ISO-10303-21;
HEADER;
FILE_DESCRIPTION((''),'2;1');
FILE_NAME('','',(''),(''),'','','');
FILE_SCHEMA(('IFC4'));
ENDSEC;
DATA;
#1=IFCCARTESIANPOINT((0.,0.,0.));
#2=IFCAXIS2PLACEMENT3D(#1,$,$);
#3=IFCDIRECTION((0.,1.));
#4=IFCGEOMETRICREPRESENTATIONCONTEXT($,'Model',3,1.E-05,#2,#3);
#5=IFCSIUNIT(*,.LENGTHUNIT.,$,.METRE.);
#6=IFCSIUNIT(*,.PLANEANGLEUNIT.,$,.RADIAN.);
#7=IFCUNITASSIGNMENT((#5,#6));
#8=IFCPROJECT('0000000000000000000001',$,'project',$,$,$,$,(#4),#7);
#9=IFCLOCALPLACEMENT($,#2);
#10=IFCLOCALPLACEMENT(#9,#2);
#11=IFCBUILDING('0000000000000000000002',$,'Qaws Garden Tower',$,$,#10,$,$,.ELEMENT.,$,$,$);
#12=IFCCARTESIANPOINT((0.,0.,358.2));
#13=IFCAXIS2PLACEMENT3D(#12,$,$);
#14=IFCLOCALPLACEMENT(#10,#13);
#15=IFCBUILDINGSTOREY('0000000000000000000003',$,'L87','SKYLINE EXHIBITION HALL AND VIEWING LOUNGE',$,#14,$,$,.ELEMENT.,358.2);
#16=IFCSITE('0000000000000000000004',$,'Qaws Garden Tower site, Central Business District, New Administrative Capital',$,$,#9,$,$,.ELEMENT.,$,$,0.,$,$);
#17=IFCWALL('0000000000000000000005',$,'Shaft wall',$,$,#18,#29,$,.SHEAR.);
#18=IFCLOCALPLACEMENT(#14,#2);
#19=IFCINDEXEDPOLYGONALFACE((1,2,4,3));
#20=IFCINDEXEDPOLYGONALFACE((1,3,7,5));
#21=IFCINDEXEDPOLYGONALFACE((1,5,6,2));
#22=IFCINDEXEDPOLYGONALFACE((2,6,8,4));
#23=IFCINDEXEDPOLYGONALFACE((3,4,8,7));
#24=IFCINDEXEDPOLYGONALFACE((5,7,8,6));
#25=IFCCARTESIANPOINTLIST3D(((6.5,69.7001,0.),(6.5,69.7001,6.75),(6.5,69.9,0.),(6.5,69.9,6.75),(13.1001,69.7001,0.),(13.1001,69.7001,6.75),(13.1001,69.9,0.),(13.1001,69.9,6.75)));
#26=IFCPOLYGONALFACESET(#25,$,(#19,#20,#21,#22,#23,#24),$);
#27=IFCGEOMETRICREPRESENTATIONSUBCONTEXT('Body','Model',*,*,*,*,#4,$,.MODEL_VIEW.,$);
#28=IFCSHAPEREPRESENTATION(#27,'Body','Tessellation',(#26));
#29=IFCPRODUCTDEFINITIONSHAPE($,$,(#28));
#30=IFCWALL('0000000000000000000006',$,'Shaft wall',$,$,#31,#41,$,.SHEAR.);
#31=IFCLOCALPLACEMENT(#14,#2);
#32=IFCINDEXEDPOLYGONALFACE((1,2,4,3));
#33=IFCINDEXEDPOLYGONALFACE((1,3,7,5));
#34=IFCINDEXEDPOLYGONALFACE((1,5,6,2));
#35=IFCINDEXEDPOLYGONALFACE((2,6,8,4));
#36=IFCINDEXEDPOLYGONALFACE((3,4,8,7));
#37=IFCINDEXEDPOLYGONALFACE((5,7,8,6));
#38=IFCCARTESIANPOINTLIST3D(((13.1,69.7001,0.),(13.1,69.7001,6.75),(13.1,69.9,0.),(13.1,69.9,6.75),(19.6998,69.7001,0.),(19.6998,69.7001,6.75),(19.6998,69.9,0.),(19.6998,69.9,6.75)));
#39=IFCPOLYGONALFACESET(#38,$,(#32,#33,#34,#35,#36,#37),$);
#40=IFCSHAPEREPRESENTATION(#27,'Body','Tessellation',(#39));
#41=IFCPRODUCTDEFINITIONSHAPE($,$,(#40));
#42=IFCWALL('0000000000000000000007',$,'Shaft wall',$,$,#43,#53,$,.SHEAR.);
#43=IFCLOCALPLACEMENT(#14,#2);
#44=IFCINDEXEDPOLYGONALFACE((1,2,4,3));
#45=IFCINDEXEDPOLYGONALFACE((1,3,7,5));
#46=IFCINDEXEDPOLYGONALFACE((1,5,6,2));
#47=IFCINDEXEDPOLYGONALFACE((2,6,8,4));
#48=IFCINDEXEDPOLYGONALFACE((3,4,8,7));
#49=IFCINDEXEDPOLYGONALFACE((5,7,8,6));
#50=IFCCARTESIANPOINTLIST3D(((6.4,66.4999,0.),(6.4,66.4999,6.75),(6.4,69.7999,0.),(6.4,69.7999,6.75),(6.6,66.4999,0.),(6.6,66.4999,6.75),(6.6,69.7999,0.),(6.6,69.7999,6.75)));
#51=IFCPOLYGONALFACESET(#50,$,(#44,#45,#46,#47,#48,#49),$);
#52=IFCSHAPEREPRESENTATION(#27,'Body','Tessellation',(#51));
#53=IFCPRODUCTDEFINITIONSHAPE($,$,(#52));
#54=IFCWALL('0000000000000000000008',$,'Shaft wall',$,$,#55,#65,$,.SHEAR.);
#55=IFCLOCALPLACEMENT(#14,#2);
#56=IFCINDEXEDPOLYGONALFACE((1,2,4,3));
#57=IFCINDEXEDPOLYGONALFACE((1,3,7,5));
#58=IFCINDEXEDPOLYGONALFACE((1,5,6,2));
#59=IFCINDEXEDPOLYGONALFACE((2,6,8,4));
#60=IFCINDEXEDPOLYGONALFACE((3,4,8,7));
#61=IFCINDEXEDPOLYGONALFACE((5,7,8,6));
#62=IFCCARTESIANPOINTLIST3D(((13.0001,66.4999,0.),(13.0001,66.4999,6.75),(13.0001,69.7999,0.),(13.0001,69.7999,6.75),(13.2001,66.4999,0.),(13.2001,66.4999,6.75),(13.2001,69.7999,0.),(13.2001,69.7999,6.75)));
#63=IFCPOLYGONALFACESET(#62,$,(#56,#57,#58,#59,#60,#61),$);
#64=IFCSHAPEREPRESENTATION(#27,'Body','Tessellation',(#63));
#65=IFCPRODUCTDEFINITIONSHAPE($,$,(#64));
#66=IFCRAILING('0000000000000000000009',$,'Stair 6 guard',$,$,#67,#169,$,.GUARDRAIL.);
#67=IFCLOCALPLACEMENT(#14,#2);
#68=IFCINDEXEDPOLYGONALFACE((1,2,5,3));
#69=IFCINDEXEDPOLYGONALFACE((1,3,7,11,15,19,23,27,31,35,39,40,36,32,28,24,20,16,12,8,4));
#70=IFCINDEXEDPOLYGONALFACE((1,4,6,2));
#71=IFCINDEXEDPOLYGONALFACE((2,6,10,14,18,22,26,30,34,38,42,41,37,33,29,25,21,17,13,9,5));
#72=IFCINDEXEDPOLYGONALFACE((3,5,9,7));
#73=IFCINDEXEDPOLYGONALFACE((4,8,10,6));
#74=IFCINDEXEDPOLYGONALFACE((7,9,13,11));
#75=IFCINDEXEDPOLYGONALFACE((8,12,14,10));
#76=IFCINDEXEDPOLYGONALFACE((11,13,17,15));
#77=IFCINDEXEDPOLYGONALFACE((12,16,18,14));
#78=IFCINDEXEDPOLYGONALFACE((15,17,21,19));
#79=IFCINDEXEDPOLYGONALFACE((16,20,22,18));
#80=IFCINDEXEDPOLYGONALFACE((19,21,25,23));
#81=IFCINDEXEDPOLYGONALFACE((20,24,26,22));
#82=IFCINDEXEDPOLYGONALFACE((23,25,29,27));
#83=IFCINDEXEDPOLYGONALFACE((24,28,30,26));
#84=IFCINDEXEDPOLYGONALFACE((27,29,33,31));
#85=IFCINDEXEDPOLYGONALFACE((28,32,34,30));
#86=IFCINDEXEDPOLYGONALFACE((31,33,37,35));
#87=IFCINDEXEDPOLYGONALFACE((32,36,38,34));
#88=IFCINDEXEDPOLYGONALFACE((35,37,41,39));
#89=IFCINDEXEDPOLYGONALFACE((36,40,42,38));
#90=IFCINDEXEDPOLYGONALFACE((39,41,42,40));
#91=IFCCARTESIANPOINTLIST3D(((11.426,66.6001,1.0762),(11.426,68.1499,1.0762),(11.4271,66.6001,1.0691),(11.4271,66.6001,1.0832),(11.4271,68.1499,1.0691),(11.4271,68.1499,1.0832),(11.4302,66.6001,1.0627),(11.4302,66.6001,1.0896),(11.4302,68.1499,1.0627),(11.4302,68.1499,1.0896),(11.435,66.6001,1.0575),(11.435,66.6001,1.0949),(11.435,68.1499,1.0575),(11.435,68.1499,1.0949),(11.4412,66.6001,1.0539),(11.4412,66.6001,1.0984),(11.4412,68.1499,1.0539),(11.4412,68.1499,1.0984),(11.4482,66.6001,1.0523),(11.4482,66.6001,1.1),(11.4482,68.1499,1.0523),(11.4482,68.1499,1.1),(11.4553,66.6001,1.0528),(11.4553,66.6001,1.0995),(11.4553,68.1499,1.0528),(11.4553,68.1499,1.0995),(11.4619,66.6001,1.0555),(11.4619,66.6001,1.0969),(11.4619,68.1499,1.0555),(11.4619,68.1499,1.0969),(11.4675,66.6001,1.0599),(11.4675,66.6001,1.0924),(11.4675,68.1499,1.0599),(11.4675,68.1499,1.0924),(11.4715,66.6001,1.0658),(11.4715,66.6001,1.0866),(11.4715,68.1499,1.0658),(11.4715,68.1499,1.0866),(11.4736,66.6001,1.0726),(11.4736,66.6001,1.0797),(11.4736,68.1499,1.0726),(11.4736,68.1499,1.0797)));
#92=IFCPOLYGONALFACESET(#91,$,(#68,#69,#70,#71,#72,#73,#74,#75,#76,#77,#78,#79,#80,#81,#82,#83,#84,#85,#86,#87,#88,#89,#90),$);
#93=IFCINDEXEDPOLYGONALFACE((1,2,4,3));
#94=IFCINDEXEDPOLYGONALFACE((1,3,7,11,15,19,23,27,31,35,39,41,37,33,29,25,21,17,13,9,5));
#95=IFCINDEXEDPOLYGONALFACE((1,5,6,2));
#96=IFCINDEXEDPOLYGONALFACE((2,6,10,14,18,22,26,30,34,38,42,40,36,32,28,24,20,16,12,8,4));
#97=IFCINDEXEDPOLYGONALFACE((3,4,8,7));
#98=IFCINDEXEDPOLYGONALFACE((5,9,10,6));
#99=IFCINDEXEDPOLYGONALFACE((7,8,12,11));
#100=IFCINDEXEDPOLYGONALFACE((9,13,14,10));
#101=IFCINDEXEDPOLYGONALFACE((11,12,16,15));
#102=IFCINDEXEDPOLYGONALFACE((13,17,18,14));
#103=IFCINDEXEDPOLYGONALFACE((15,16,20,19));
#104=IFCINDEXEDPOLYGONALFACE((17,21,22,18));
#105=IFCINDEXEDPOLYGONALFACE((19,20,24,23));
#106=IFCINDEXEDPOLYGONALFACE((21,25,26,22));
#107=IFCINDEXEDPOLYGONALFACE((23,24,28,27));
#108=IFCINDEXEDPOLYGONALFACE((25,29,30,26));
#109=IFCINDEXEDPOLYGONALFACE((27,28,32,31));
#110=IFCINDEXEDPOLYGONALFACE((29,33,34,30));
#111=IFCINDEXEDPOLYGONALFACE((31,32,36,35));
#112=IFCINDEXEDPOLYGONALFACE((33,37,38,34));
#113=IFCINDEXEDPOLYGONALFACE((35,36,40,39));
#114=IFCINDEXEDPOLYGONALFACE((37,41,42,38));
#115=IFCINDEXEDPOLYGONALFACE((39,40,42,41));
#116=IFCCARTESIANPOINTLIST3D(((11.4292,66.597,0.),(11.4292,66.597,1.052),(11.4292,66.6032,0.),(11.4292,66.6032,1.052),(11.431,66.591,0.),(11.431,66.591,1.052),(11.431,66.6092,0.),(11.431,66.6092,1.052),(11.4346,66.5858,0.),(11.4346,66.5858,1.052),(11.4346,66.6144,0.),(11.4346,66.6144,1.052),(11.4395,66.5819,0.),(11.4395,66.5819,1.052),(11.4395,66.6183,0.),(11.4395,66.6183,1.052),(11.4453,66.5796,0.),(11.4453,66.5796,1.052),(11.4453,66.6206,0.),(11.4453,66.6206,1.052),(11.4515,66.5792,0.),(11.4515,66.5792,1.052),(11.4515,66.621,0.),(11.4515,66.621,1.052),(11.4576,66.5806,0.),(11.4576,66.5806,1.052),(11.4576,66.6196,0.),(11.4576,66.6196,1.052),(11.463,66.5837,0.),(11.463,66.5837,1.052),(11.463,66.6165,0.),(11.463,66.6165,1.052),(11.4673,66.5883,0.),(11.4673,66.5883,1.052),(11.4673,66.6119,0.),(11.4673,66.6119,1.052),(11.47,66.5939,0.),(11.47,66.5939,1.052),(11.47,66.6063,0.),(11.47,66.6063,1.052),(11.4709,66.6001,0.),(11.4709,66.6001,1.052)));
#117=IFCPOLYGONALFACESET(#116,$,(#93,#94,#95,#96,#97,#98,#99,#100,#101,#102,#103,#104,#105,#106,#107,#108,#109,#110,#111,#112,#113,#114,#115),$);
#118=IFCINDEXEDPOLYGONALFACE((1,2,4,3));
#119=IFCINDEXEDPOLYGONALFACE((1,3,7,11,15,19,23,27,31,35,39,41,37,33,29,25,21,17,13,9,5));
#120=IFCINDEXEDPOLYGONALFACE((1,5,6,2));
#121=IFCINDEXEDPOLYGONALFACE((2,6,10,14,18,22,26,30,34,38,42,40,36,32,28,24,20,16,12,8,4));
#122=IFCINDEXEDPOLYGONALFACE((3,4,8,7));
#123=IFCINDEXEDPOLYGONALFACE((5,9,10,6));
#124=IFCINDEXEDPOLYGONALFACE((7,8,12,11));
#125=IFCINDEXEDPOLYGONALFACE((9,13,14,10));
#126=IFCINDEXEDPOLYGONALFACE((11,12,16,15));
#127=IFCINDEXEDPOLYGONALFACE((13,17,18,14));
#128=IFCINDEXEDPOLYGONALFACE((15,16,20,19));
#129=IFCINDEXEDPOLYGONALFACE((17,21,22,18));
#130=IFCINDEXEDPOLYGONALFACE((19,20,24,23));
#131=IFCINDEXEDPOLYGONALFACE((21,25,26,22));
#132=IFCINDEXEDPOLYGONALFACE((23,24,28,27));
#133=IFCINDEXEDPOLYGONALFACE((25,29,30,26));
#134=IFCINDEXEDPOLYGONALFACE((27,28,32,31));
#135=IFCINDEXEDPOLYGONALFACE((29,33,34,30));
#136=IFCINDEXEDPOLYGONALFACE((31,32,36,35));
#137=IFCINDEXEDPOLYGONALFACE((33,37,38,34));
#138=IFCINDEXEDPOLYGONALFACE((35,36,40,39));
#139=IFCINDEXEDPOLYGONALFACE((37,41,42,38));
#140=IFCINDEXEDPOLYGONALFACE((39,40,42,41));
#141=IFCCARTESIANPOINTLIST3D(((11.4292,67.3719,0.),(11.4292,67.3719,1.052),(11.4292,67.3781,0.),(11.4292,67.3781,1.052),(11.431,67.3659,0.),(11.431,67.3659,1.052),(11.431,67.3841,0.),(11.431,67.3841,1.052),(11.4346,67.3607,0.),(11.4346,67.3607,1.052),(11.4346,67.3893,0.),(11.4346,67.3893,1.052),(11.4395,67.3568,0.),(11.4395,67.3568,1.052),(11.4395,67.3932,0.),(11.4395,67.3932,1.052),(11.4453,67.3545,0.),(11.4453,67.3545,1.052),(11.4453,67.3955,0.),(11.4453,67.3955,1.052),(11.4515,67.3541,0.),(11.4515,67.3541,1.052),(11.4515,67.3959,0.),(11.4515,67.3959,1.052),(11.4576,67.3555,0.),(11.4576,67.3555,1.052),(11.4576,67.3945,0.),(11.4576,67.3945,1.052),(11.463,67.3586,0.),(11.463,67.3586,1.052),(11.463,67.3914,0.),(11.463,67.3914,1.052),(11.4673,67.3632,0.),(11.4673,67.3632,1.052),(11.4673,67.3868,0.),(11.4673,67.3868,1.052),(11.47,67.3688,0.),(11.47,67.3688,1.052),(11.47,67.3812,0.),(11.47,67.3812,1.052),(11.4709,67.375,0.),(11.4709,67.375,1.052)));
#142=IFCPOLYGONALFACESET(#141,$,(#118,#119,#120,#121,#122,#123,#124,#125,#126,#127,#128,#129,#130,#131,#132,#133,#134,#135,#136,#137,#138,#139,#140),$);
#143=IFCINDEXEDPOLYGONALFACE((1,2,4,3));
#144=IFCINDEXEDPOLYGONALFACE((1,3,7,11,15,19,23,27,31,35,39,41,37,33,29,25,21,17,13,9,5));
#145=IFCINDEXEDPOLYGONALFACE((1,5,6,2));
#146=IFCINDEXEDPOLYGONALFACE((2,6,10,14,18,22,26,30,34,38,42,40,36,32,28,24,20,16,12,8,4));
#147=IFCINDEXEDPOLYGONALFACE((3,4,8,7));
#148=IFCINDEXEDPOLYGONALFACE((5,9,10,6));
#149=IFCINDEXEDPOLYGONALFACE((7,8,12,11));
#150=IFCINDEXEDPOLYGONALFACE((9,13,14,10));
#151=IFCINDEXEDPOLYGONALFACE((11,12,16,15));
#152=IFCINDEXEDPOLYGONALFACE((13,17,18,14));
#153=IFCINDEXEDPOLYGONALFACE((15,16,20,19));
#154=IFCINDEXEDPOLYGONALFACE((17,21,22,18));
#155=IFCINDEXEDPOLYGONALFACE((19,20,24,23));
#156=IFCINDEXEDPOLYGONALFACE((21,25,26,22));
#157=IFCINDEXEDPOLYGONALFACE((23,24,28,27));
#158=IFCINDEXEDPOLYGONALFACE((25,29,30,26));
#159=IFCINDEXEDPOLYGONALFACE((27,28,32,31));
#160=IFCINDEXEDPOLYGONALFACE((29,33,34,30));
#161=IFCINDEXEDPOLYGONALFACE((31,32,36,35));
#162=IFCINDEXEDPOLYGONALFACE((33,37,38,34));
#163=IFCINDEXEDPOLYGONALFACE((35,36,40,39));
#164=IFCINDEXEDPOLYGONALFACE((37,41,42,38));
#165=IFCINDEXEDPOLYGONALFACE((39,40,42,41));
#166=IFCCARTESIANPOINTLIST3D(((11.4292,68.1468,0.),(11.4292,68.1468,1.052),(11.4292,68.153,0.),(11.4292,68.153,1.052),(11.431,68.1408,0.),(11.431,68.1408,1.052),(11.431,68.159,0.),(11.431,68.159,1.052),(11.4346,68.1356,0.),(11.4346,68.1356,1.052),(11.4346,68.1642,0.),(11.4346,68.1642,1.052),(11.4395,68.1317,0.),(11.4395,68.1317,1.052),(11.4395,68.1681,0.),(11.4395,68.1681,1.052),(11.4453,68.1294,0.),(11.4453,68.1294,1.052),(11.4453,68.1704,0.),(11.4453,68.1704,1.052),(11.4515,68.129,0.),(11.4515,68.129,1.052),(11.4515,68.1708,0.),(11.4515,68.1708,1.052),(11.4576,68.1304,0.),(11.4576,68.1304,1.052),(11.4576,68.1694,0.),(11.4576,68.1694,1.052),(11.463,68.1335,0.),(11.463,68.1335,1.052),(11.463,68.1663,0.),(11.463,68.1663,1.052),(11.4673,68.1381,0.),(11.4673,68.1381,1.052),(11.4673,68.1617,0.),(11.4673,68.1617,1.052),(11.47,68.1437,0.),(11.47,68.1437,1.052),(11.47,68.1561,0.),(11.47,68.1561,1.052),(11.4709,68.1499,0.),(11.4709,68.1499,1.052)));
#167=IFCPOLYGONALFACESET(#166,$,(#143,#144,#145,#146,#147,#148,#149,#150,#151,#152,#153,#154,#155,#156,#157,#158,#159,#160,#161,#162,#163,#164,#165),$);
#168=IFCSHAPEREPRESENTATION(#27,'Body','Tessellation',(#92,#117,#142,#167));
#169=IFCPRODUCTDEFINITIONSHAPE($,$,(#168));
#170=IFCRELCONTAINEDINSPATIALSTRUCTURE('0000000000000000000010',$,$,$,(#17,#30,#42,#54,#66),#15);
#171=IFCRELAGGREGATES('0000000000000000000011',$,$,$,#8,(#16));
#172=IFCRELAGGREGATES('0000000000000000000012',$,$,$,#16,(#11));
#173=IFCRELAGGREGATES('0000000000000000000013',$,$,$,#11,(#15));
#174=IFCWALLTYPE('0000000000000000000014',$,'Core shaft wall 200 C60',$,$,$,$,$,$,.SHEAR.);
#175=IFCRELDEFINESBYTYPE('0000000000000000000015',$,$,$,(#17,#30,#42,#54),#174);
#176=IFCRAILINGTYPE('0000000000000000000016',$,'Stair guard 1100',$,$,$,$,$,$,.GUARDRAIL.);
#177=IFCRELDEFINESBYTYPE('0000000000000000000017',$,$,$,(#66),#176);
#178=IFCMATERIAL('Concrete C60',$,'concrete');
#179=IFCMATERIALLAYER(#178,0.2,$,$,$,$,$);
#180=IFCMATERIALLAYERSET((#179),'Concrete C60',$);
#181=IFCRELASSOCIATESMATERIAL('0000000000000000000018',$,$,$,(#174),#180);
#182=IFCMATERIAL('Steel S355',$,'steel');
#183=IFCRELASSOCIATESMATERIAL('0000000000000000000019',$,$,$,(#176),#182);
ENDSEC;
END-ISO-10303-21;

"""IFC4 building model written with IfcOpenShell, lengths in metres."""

from ifc_helpers import new_model, si_unit, direction, frame, frame_2d, origin, origin_2d, place, context, subcontext, project, spatial, rectangle, circle, extrude, material, layer, layer_set, type_object, element, save


model = new_model("IFC4")

# Units and contexts
model_context = context("Model", 3, precision=1e-05, world=origin(), true_north=direction((0.0, 1.0)))
body_context = subcontext(model_context, "Body", "Model", "MODEL_VIEW")
ifc_project = project(units=[si_unit("LENGTHUNIT", "METRE"), si_unit("PLANEANGLEUNIT", "RADIAN")], contexts=[model_context])

# Site, building, storey
site_placement = place(None, origin())
site = spatial("IfcSite", under=ifc_project, at=site_placement, Name="Qaws Garden Tower site, Central Business District, New Administrative Capital", CompositionType="ELEMENT", RefElevation=0.0)
building_placement = place(site_placement, origin())
building = spatial("IfcBuilding", under=site, at=building_placement, Name="Qaws Garden Tower", CompositionType="ELEMENT")
storey_placement = place(building_placement, frame((0.0, 0.0, 358.2)))
storey = spatial("IfcBuildingStorey", under=building, at=storey_placement, Name="L87", Description="SKYLINE EXHIBITION HALL AND VIEWING LOUNGE", CompositionType="ELEMENT", Elevation=358.2)

# Shared definitions
ifc_material_1 = material(Name="Concrete C60", Category="concrete")
ifc_layer_1 = layer(ifc_material_1, 0.2)
ifc_layer_set_1 = layer_set([ifc_layer_1], Name="Concrete C60")
wall_type = type_object("IfcWallType", Name="Core shaft wall 200 C60", PredefinedType="SHEAR", material=ifc_layer_set_1)

# Walls
wall_1_placement = place(storey_placement, frame((6.5, 69.8, 0.0), z_axis=(0.0, 0.0, 1.0), x_axis=(1.0, 0.0, 0.0)))
element("IfcWall", 1, at=wall_1_placement, inside=storey, type_object=wall_type, Name="Shaft wall", PredefinedType="SHEAR", context=body_context, shape_type="SweptSolid", body=[
    extrude(rectangle(XDim=6.6001, YDim=0.2, at=frame_2d((3.3, 0.0))), origin(), (0.0, 0.0, 1.0), 6.75),
])
wall_2_placement = place(storey_placement, frame((13.1001, 69.8, 0.0), z_axis=(0.0, 0.0, 1.0), x_axis=(1.0, 0.0, 0.0)))
element("IfcWall", 2, at=wall_2_placement, inside=storey, type_object=wall_type, Name="Shaft wall", PredefinedType="SHEAR", context=body_context, shape_type="SweptSolid", body=[
    extrude(rectangle(XDim=6.5999, YDim=0.2, at=frame_2d((3.2998, 0.0))), origin(), (0.0, 0.0, 1.0), 6.75),
])
for number, where, z_axis, x_axis, name in (
    (3, (6.5, 66.5, 0.0), (0.0, 0.0, 1.0), (0.0, 1.0, 0.0), "Shaft wall"),
    (4, (13.1001, 66.5, 0.0), (0.0, 0.0, 1.0), (0.0, 1.0, 0.0), "Shaft wall"),
):
    element("IfcWall", number, at=place(storey_placement, frame(where, z_axis=z_axis, x_axis=x_axis)), inside=storey, type_object=wall_type, Name=name, PredefinedType="SHEAR", context=body_context, shape_type="SweptSolid", body=[
        extrude(rectangle(XDim=3.3, YDim=0.2, at=frame_2d((1.6499, 0.0))), origin(), (0.0, 0.0, 1.0), 6.75),
    ])

# Railing
ifc_material_2 = material(Name="Steel S355", Category="steel")
railing_type = type_object("IfcRailingType", Name="Stair guard 1100", PredefinedType="GUARDRAIL", material=ifc_material_2)
railing_placement = place(storey_placement, frame((11.45, 66.6001, 0.0)))
element("IfcRailing", 5, at=railing_placement, inside=storey, type_object=railing_type, Name="Stair 6 guard", PredefinedType="GUARDRAIL", context=body_context, shape_type="SweptSolid", body=[
    extrude(circle(Radius=0.0239, at=origin_2d()), frame((0.0, 0.0, 1.0762), z_axis=(0.0, 1.0, 0.0), x_axis=(-1.0, 0.0, 0.0)), (0.0, 0.0, 1.0), 1.5498),
    extrude(circle(Radius=0.021, at=origin_2d()), origin(), (0.0, 0.0, 1.0), 1.052),
    extrude(circle(Radius=0.021, at=origin_2d()), frame((0.0, 0.7749, 0.0)), (0.0, 0.0, 1.0), 1.052),
    extrude(circle(Radius=0.021, at=origin_2d()), frame((0.0, 1.5498, 0.0)), (0.0, 0.0, 1.0), 1.052),
])

save(model, "model.ifc")
